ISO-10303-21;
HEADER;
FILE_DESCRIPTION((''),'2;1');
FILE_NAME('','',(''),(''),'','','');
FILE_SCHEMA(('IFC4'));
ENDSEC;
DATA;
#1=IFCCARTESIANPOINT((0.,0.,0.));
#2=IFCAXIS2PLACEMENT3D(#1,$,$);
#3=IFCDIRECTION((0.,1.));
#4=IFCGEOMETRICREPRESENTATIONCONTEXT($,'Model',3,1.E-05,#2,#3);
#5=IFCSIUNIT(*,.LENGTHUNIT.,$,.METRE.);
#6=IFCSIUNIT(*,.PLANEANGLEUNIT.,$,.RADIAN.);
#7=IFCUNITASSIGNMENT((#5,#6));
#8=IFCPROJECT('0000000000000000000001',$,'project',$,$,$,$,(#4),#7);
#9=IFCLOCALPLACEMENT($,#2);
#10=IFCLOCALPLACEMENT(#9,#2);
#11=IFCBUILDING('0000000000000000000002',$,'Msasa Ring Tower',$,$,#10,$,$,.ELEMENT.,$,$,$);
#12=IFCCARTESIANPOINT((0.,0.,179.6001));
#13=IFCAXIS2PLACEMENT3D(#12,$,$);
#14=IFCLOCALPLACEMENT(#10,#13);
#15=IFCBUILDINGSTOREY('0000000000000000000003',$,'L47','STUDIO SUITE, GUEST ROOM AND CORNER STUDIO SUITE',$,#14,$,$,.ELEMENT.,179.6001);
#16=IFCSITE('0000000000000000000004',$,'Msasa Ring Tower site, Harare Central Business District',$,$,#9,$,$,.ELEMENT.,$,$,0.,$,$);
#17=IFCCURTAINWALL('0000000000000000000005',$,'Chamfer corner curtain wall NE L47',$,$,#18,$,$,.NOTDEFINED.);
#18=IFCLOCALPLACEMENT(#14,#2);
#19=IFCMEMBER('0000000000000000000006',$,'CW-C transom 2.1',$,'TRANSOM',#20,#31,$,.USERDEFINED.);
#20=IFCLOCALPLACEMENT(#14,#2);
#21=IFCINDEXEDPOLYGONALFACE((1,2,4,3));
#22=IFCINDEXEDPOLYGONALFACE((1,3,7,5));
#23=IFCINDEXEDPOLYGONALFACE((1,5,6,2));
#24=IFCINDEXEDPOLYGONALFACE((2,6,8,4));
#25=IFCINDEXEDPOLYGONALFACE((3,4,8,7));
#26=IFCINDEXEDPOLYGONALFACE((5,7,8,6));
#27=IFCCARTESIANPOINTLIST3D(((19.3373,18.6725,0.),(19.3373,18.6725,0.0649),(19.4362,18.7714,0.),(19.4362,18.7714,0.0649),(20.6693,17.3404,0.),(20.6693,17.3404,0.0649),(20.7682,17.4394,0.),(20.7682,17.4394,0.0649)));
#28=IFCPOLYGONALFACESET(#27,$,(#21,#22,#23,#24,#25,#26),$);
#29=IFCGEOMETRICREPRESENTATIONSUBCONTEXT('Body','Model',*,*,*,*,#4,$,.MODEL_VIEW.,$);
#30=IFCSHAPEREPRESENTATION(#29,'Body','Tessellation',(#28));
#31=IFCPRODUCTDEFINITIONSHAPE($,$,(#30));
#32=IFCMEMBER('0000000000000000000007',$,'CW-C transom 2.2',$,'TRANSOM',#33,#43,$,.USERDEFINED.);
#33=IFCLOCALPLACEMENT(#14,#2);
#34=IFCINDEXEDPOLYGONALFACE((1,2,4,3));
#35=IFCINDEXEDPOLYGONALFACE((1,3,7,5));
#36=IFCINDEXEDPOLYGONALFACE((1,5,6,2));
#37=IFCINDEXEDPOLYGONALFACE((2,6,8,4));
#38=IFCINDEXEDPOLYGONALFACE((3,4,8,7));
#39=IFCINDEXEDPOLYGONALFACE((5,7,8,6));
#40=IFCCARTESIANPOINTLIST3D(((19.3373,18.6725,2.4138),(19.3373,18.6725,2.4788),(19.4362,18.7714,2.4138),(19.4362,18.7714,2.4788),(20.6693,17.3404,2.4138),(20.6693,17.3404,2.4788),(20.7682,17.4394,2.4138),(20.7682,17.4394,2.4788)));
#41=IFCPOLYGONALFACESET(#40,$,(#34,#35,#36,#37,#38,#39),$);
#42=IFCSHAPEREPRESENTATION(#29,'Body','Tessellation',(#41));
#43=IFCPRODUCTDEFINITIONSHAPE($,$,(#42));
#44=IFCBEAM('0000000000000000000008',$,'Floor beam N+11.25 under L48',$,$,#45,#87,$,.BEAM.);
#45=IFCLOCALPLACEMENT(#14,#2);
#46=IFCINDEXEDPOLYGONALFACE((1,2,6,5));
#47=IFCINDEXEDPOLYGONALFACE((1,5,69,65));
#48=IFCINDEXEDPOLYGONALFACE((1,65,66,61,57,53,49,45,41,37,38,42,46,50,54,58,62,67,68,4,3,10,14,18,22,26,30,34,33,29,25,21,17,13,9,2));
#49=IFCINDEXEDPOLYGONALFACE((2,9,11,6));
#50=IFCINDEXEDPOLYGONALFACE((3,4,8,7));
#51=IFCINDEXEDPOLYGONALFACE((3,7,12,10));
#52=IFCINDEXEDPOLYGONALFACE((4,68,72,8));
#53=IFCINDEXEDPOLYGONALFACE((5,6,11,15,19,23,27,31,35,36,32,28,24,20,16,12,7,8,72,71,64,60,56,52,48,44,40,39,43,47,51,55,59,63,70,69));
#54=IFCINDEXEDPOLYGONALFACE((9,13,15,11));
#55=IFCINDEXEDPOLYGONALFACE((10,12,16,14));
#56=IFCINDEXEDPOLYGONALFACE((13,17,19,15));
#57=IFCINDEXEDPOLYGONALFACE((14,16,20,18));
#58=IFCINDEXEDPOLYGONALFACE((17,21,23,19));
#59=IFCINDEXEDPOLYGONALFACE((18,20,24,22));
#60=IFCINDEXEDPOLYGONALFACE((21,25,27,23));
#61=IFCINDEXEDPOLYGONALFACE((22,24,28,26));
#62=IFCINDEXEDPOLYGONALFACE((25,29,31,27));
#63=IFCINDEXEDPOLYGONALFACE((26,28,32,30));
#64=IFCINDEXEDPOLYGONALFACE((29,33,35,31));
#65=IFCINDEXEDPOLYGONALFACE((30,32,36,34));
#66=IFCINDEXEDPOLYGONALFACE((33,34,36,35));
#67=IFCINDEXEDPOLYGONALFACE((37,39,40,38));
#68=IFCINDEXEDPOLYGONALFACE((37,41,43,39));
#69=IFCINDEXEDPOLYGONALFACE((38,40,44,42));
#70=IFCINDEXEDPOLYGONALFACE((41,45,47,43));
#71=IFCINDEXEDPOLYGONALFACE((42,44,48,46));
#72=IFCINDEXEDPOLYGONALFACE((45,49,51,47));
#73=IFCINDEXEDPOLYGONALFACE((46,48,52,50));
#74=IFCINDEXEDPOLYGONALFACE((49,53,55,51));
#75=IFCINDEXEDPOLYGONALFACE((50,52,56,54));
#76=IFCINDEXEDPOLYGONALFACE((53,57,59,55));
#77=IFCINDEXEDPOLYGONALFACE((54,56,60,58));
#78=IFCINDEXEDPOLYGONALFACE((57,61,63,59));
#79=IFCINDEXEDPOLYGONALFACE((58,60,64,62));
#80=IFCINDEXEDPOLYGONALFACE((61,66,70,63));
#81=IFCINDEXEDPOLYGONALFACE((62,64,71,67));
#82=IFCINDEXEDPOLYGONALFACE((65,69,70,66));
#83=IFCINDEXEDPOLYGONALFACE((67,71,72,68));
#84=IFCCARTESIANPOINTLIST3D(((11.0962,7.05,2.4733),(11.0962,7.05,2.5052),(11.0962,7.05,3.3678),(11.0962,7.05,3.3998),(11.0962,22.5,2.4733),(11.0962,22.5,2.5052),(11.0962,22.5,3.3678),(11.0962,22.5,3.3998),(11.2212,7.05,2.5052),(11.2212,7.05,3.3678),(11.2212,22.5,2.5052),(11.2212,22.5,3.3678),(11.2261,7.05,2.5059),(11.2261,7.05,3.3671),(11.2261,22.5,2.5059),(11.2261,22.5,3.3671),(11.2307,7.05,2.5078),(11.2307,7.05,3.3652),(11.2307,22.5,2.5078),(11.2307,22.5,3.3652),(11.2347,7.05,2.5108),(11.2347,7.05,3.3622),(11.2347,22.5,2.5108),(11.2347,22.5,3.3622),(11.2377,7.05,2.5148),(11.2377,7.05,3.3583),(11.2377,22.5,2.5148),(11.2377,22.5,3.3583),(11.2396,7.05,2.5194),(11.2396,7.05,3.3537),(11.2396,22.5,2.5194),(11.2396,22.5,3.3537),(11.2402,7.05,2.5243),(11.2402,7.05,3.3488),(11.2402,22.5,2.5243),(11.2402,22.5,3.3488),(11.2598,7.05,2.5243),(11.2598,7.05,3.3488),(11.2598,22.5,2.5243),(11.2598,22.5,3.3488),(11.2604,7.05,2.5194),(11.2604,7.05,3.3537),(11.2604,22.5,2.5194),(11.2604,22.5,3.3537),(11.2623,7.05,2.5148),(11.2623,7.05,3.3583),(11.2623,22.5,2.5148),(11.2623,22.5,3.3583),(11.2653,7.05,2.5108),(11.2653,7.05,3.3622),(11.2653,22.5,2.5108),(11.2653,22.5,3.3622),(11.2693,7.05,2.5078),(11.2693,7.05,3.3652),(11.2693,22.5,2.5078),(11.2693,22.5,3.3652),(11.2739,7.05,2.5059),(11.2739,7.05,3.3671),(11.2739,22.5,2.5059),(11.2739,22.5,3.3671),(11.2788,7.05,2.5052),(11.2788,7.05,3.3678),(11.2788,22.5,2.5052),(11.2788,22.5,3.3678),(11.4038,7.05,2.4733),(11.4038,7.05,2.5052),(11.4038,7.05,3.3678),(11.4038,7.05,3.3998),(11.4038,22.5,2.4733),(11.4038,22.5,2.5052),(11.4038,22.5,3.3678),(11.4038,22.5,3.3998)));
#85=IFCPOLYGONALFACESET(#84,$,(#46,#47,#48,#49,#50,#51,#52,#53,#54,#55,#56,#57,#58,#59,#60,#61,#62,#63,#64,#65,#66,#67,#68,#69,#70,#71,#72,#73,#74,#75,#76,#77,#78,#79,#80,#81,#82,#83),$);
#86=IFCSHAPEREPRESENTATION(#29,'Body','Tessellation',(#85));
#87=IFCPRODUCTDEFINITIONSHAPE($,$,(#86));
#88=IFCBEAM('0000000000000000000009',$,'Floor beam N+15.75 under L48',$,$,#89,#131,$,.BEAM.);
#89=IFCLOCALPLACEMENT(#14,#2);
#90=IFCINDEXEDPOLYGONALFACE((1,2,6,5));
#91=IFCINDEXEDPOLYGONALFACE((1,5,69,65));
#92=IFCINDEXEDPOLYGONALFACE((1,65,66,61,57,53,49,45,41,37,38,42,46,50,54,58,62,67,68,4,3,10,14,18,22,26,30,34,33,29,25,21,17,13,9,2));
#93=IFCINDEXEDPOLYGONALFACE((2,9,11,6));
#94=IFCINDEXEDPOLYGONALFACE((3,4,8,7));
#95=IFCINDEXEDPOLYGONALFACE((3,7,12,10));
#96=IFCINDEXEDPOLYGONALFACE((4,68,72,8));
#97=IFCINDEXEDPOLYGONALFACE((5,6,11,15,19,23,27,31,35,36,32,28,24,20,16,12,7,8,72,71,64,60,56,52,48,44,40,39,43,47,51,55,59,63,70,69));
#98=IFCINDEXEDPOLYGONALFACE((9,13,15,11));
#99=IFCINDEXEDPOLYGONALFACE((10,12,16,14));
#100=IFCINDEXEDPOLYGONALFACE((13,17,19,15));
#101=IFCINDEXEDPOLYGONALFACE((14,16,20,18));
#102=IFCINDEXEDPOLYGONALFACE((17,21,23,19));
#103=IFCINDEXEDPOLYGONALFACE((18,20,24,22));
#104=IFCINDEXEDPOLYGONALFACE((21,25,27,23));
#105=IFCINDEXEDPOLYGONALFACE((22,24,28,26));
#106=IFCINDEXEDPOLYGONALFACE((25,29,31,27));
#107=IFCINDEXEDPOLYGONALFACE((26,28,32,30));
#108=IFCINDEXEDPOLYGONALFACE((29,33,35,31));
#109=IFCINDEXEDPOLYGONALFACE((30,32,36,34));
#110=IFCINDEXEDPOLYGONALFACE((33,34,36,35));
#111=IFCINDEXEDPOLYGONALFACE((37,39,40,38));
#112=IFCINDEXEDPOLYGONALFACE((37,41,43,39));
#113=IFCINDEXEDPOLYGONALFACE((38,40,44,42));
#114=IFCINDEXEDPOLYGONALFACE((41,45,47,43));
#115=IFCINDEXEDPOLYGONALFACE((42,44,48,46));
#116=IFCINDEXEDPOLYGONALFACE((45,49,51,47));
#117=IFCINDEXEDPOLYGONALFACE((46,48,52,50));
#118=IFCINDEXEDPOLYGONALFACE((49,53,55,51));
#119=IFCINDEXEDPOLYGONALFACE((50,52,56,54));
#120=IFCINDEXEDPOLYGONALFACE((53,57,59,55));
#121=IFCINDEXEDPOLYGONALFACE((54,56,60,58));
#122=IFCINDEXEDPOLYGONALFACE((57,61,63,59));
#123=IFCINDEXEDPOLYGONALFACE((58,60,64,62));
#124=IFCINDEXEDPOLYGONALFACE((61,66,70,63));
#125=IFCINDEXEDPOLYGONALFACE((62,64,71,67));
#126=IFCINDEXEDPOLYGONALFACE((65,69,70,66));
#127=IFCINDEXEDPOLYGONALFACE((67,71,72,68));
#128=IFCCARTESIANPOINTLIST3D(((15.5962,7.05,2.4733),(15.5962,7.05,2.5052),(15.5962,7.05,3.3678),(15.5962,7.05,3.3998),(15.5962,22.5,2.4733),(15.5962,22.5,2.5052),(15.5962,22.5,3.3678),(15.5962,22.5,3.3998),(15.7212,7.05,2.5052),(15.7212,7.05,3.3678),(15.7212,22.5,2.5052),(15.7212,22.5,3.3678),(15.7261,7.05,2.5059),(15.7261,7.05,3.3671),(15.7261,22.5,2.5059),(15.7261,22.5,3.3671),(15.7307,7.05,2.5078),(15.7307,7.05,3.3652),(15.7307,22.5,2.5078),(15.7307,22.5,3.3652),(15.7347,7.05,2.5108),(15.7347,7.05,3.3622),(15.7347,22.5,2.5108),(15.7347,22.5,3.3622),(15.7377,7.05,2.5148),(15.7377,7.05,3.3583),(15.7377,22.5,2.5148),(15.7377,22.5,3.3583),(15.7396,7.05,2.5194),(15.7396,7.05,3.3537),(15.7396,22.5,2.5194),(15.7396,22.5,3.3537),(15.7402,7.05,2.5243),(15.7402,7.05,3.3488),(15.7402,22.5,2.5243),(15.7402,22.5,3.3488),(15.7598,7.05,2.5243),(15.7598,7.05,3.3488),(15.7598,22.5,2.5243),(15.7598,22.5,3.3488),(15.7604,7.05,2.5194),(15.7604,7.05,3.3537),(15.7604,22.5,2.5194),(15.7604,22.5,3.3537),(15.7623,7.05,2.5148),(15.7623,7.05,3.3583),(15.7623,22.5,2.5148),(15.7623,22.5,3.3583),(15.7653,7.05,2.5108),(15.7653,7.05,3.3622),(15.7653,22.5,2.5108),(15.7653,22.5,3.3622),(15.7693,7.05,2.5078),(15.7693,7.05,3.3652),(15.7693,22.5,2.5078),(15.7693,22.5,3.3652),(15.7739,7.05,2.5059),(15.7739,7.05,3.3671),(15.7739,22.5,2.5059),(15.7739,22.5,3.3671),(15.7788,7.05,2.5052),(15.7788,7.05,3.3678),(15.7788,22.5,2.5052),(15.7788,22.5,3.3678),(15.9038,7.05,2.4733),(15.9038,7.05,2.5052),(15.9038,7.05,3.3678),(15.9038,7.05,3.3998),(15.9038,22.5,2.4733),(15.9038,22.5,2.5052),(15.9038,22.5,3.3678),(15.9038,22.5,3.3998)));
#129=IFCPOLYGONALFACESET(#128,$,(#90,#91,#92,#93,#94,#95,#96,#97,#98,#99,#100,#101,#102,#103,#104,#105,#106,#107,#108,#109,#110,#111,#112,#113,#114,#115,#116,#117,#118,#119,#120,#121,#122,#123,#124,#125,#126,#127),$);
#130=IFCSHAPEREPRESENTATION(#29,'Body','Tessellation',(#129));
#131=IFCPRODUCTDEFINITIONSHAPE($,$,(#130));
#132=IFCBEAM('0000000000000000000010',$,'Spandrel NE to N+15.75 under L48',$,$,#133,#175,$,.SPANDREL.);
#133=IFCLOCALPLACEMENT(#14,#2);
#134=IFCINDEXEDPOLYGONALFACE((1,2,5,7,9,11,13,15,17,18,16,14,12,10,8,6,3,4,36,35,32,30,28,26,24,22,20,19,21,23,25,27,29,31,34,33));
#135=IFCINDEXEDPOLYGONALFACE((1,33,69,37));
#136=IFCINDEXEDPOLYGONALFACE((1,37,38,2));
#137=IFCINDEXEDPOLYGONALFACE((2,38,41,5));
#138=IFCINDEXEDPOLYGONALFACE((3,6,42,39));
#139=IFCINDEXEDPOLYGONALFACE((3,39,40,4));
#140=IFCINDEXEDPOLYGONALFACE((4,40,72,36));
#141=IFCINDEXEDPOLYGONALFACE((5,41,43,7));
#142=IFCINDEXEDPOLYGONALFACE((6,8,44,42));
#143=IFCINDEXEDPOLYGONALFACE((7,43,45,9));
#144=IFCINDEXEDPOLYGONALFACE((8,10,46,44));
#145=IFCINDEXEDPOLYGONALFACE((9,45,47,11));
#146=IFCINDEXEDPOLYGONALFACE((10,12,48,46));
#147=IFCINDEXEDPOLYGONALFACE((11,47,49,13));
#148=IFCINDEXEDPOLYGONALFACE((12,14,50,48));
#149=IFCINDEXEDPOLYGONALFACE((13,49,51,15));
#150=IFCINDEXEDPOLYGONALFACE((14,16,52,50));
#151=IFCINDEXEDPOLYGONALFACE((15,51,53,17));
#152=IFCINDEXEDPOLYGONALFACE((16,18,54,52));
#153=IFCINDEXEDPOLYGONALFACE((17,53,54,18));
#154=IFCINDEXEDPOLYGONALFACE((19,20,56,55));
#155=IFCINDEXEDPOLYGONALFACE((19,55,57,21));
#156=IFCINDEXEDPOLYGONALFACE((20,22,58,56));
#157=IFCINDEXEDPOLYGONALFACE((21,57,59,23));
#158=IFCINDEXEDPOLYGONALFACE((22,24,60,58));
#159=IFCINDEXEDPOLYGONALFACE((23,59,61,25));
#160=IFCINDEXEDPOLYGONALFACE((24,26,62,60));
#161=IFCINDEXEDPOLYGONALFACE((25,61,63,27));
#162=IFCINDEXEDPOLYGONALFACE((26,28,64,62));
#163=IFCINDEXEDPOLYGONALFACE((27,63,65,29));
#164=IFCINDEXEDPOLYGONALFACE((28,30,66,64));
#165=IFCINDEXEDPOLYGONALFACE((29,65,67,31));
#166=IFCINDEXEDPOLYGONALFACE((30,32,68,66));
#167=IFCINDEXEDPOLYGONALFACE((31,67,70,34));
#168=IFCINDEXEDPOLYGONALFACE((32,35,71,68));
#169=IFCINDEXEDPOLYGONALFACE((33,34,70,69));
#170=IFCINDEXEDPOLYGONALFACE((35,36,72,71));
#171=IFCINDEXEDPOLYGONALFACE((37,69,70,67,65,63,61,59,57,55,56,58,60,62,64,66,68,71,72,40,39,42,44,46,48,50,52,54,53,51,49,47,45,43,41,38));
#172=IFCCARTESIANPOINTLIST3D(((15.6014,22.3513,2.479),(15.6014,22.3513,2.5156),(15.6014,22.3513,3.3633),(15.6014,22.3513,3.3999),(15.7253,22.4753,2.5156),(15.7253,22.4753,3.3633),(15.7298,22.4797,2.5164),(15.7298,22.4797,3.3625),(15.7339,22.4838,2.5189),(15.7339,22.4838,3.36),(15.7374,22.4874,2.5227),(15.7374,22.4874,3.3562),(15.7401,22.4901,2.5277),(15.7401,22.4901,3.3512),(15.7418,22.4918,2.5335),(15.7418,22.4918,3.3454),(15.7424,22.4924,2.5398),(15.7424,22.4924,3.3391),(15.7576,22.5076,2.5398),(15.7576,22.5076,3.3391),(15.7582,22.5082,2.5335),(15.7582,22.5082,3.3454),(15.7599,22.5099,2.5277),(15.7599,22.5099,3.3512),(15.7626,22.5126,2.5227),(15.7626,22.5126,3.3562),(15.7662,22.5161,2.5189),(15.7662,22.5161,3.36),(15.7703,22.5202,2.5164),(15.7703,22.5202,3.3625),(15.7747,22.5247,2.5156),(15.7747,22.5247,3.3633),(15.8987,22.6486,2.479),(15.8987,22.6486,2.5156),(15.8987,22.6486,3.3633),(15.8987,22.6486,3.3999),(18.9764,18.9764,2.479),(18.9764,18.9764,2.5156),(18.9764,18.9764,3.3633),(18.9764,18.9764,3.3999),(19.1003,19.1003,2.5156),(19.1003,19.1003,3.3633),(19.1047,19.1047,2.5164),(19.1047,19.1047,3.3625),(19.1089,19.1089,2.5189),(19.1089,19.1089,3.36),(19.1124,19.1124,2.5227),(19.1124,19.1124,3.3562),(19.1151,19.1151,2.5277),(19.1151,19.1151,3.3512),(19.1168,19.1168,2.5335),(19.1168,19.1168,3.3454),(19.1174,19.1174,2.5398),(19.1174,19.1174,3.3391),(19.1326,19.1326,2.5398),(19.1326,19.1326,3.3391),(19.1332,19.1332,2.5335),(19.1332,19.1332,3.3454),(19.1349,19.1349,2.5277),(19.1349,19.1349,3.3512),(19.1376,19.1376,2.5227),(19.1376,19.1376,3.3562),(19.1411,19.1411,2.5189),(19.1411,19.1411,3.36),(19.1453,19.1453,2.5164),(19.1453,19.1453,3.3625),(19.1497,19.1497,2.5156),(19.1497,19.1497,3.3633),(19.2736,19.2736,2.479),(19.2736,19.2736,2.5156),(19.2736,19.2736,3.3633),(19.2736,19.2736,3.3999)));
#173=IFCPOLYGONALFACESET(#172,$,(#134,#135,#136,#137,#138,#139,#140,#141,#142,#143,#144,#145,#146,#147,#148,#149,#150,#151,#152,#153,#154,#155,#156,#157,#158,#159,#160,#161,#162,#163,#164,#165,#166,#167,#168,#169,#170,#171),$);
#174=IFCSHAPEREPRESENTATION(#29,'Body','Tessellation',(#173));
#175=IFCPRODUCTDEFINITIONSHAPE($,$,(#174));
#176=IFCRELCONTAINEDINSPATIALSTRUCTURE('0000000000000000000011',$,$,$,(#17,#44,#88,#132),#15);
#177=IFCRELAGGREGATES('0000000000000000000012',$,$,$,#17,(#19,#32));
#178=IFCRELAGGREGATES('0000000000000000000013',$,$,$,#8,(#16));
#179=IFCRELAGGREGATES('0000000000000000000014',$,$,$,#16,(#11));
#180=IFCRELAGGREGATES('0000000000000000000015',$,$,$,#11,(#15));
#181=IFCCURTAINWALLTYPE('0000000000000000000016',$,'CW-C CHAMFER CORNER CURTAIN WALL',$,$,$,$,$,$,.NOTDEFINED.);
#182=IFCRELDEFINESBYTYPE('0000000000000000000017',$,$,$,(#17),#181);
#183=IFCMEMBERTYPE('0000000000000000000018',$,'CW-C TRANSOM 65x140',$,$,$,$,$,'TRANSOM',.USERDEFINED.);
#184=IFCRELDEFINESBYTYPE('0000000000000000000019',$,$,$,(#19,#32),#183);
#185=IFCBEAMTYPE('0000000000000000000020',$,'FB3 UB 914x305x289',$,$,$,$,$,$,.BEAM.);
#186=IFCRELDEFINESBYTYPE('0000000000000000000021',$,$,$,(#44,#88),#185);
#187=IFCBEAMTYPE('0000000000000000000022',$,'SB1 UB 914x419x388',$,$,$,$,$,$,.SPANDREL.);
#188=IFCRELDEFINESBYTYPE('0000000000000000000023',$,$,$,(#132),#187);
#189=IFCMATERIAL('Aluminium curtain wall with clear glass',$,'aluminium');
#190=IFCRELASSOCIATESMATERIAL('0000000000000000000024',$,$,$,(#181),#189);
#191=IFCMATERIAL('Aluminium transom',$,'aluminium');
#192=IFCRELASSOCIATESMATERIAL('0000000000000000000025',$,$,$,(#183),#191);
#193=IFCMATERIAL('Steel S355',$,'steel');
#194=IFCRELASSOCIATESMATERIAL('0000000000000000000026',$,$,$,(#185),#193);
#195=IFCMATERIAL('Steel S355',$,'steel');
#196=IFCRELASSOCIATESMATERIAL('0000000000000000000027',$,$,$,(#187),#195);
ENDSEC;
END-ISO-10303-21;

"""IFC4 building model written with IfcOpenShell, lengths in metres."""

from ifc_helpers import new_model, si_unit, direction, frame, origin, origin_2d, place, context, subcontext, project, spatial, rectangle, i_section, extrude, material, material_profile, profile_set, type_object, element, aggregate, save


model = new_model("IFC4")

# Units and contexts
model_context = context("Model", 3, precision=1e-05, world=origin(), true_north=direction((0.0, 1.0)))
body_context = subcontext(model_context, "Body", "Model", "MODEL_VIEW")
ifc_project = project(units=[si_unit("LENGTHUNIT", "METRE"), si_unit("PLANEANGLEUNIT", "RADIAN")], contexts=[model_context])

# Site, building, storey
site_placement = place(None, origin())
site = spatial("IfcSite", under=ifc_project, at=site_placement, Name="Msasa Ring Tower site, Harare Central Business District", CompositionType="ELEMENT", RefElevation=0.0)
building_placement = place(site_placement, origin())
building = spatial("IfcBuilding", under=site, at=building_placement, Name="Msasa Ring Tower", CompositionType="ELEMENT")
storey_placement = place(building_placement, frame((0.0, 0.0, 179.6001)))
storey = spatial("IfcBuildingStorey", under=building, at=storey_placement, Name="L47", Description="STUDIO SUITE, GUEST ROOM AND CORNER STUDIO SUITE", CompositionType="ELEMENT", Elevation=179.6001)

# Curtain wall
ifc_material_1 = material(Name="Aluminium curtain wall with clear glass", Category="aluminium")
curtain_wall_type = type_object("IfcCurtainWallType", Name="CW-C CHAMFER CORNER CURTAIN WALL", PredefinedType="NOTDEFINED", material=ifc_material_1)
curtain_wall_1_placement = place(storey_placement, origin())
curtain_wall_1 = element("IfcCurtainWall", 1, at=curtain_wall_1_placement, inside=storey, type_object=curtain_wall_type, Name="Chamfer corner curtain wall NE L47", PredefinedType="NOTDEFINED")

# Members
ifc_material_2 = material(Name="Aluminium transom", Category="aluminium")
ifc_material_profile_1 = material_profile(ifc_material_2, rectangle(XDim=0.1399, YDim=0.0649, at=origin_2d()), Name="AL 65x140")
ifc_profile_set_1 = profile_set([ifc_material_profile_1], Name="Aluminium transom")
member_type_1 = type_object("IfcMemberType", Name="CW-C TRANSOM 65x140", ElementType="TRANSOM", PredefinedType="USERDEFINED", material=ifc_profile_set_1)
member_1_placement = place(storey_placement, frame((20.7188, 17.3899, 0.0325), z_axis=(-0.707107, 0.707107, 0.0), x_axis=(-0.707107, -0.707107, 0.0)))
member_1 = element("IfcMember", 2, at=member_1_placement, type_object=member_type_1, Name="CW-C transom 2.1", ObjectType="TRANSOM", PredefinedType="USERDEFINED", context=body_context, shape_type="SweptSolid", body=[
    extrude(rectangle(XDim=0.1399, YDim=0.0649, at=origin_2d()), origin(), (0.0, 0.0, 1.0), 1.8838),
])
member_2_placement = place(storey_placement, frame((20.7188, 17.3899, 2.4463), z_axis=(-0.707107, 0.707107, 0.0), x_axis=(-0.707107, -0.707107, 0.0)))
member_2 = element("IfcMember", 3, at=member_2_placement, type_object=member_type_1, Name="CW-C transom 2.2", ObjectType="TRANSOM", PredefinedType="USERDEFINED", context=body_context, shape_type="SweptSolid", body=[
    extrude(rectangle(XDim=0.1399, YDim=0.0649, at=origin_2d()), origin(), (0.0, 0.0, 1.0), 1.8838),
])

# Beams
ifc_material_3 = material(Name="Steel S355", Category="steel")
ifc_material_profile_2 = material_profile(ifc_material_3, i_section(OverallWidth=0.3076, OverallDepth=0.9265, WebThickness=0.0195, FlangeThickness=0.032, FilletRadius=0.019, at=origin_2d()), Name="UB 914x305x289")
ifc_profile_set_2 = profile_set([ifc_material_profile_2], Name="Steel S355")
beam_type_1 = type_object("IfcBeamType", Name="FB3 UB 914x305x289", PredefinedType="BEAM", material=ifc_profile_set_2)
for number, where, z_axis, x_axis, name in (
    (4, (11.25, 22.5, 2.9365), (0.0, -1.0, 0.0), (1.0, 0.0, 0.0), "Floor beam N+11.25 under L48"),
    (5, (15.75, 22.5, 2.9365), (0.0, -1.0, 0.0), (1.0, 0.0, 0.0), "Floor beam N+15.75 under L48"),
):
    element("IfcBeam", number, at=place(storey_placement, frame(where, z_axis=z_axis, x_axis=x_axis)), inside=storey, type_object=beam_type_1, Name=name, PredefinedType="BEAM", context=body_context, shape_type="SweptSolid", body=[
        extrude(i_section(OverallWidth=0.3076, OverallDepth=0.9265, WebThickness=0.0195, FlangeThickness=0.032, FilletRadius=0.019, at=origin_2d()), origin(), (0.0, 0.0, 1.0), 15.45),
    ])
ifc_material_4 = material(Name="Steel S355", Category="steel")
ifc_material_profile_3 = material_profile(ifc_material_4, i_section(OverallWidth=0.4204, OverallDepth=0.9209, WebThickness=0.0215, FlangeThickness=0.0366, FilletRadius=0.0242, at=origin_2d()), Name="UB 914x419x388")
ifc_profile_set_3 = profile_set([ifc_material_profile_3], Name="Steel S355")
beam_type_2 = type_object("IfcBeamType", Name="SB1 UB 914x419x388", PredefinedType="SPANDREL", material=ifc_profile_set_3)
beam_placement = place(storey_placement, frame((19.125, 19.125, 2.9395), z_axis=(-0.707107, 0.707107, 0.0), x_axis=(-0.707107, -0.707107, 0.0)))
element("IfcBeam", 6, at=beam_placement, inside=storey, type_object=beam_type_2, Name="Spandrel NE to N+15.75 under L48", PredefinedType="SPANDREL", context=body_context, shape_type="SweptSolid", body=[
    extrude(i_section(OverallWidth=0.4204, OverallDepth=0.9209, WebThickness=0.0215, FlangeThickness=0.0366, FilletRadius=0.0242, at=origin_2d()), origin(), (0.0, 0.0, 1.0), 4.7729),
])

aggregate(curtain_wall_1, [member_1, member_2])

save(model, "model.ifc")
